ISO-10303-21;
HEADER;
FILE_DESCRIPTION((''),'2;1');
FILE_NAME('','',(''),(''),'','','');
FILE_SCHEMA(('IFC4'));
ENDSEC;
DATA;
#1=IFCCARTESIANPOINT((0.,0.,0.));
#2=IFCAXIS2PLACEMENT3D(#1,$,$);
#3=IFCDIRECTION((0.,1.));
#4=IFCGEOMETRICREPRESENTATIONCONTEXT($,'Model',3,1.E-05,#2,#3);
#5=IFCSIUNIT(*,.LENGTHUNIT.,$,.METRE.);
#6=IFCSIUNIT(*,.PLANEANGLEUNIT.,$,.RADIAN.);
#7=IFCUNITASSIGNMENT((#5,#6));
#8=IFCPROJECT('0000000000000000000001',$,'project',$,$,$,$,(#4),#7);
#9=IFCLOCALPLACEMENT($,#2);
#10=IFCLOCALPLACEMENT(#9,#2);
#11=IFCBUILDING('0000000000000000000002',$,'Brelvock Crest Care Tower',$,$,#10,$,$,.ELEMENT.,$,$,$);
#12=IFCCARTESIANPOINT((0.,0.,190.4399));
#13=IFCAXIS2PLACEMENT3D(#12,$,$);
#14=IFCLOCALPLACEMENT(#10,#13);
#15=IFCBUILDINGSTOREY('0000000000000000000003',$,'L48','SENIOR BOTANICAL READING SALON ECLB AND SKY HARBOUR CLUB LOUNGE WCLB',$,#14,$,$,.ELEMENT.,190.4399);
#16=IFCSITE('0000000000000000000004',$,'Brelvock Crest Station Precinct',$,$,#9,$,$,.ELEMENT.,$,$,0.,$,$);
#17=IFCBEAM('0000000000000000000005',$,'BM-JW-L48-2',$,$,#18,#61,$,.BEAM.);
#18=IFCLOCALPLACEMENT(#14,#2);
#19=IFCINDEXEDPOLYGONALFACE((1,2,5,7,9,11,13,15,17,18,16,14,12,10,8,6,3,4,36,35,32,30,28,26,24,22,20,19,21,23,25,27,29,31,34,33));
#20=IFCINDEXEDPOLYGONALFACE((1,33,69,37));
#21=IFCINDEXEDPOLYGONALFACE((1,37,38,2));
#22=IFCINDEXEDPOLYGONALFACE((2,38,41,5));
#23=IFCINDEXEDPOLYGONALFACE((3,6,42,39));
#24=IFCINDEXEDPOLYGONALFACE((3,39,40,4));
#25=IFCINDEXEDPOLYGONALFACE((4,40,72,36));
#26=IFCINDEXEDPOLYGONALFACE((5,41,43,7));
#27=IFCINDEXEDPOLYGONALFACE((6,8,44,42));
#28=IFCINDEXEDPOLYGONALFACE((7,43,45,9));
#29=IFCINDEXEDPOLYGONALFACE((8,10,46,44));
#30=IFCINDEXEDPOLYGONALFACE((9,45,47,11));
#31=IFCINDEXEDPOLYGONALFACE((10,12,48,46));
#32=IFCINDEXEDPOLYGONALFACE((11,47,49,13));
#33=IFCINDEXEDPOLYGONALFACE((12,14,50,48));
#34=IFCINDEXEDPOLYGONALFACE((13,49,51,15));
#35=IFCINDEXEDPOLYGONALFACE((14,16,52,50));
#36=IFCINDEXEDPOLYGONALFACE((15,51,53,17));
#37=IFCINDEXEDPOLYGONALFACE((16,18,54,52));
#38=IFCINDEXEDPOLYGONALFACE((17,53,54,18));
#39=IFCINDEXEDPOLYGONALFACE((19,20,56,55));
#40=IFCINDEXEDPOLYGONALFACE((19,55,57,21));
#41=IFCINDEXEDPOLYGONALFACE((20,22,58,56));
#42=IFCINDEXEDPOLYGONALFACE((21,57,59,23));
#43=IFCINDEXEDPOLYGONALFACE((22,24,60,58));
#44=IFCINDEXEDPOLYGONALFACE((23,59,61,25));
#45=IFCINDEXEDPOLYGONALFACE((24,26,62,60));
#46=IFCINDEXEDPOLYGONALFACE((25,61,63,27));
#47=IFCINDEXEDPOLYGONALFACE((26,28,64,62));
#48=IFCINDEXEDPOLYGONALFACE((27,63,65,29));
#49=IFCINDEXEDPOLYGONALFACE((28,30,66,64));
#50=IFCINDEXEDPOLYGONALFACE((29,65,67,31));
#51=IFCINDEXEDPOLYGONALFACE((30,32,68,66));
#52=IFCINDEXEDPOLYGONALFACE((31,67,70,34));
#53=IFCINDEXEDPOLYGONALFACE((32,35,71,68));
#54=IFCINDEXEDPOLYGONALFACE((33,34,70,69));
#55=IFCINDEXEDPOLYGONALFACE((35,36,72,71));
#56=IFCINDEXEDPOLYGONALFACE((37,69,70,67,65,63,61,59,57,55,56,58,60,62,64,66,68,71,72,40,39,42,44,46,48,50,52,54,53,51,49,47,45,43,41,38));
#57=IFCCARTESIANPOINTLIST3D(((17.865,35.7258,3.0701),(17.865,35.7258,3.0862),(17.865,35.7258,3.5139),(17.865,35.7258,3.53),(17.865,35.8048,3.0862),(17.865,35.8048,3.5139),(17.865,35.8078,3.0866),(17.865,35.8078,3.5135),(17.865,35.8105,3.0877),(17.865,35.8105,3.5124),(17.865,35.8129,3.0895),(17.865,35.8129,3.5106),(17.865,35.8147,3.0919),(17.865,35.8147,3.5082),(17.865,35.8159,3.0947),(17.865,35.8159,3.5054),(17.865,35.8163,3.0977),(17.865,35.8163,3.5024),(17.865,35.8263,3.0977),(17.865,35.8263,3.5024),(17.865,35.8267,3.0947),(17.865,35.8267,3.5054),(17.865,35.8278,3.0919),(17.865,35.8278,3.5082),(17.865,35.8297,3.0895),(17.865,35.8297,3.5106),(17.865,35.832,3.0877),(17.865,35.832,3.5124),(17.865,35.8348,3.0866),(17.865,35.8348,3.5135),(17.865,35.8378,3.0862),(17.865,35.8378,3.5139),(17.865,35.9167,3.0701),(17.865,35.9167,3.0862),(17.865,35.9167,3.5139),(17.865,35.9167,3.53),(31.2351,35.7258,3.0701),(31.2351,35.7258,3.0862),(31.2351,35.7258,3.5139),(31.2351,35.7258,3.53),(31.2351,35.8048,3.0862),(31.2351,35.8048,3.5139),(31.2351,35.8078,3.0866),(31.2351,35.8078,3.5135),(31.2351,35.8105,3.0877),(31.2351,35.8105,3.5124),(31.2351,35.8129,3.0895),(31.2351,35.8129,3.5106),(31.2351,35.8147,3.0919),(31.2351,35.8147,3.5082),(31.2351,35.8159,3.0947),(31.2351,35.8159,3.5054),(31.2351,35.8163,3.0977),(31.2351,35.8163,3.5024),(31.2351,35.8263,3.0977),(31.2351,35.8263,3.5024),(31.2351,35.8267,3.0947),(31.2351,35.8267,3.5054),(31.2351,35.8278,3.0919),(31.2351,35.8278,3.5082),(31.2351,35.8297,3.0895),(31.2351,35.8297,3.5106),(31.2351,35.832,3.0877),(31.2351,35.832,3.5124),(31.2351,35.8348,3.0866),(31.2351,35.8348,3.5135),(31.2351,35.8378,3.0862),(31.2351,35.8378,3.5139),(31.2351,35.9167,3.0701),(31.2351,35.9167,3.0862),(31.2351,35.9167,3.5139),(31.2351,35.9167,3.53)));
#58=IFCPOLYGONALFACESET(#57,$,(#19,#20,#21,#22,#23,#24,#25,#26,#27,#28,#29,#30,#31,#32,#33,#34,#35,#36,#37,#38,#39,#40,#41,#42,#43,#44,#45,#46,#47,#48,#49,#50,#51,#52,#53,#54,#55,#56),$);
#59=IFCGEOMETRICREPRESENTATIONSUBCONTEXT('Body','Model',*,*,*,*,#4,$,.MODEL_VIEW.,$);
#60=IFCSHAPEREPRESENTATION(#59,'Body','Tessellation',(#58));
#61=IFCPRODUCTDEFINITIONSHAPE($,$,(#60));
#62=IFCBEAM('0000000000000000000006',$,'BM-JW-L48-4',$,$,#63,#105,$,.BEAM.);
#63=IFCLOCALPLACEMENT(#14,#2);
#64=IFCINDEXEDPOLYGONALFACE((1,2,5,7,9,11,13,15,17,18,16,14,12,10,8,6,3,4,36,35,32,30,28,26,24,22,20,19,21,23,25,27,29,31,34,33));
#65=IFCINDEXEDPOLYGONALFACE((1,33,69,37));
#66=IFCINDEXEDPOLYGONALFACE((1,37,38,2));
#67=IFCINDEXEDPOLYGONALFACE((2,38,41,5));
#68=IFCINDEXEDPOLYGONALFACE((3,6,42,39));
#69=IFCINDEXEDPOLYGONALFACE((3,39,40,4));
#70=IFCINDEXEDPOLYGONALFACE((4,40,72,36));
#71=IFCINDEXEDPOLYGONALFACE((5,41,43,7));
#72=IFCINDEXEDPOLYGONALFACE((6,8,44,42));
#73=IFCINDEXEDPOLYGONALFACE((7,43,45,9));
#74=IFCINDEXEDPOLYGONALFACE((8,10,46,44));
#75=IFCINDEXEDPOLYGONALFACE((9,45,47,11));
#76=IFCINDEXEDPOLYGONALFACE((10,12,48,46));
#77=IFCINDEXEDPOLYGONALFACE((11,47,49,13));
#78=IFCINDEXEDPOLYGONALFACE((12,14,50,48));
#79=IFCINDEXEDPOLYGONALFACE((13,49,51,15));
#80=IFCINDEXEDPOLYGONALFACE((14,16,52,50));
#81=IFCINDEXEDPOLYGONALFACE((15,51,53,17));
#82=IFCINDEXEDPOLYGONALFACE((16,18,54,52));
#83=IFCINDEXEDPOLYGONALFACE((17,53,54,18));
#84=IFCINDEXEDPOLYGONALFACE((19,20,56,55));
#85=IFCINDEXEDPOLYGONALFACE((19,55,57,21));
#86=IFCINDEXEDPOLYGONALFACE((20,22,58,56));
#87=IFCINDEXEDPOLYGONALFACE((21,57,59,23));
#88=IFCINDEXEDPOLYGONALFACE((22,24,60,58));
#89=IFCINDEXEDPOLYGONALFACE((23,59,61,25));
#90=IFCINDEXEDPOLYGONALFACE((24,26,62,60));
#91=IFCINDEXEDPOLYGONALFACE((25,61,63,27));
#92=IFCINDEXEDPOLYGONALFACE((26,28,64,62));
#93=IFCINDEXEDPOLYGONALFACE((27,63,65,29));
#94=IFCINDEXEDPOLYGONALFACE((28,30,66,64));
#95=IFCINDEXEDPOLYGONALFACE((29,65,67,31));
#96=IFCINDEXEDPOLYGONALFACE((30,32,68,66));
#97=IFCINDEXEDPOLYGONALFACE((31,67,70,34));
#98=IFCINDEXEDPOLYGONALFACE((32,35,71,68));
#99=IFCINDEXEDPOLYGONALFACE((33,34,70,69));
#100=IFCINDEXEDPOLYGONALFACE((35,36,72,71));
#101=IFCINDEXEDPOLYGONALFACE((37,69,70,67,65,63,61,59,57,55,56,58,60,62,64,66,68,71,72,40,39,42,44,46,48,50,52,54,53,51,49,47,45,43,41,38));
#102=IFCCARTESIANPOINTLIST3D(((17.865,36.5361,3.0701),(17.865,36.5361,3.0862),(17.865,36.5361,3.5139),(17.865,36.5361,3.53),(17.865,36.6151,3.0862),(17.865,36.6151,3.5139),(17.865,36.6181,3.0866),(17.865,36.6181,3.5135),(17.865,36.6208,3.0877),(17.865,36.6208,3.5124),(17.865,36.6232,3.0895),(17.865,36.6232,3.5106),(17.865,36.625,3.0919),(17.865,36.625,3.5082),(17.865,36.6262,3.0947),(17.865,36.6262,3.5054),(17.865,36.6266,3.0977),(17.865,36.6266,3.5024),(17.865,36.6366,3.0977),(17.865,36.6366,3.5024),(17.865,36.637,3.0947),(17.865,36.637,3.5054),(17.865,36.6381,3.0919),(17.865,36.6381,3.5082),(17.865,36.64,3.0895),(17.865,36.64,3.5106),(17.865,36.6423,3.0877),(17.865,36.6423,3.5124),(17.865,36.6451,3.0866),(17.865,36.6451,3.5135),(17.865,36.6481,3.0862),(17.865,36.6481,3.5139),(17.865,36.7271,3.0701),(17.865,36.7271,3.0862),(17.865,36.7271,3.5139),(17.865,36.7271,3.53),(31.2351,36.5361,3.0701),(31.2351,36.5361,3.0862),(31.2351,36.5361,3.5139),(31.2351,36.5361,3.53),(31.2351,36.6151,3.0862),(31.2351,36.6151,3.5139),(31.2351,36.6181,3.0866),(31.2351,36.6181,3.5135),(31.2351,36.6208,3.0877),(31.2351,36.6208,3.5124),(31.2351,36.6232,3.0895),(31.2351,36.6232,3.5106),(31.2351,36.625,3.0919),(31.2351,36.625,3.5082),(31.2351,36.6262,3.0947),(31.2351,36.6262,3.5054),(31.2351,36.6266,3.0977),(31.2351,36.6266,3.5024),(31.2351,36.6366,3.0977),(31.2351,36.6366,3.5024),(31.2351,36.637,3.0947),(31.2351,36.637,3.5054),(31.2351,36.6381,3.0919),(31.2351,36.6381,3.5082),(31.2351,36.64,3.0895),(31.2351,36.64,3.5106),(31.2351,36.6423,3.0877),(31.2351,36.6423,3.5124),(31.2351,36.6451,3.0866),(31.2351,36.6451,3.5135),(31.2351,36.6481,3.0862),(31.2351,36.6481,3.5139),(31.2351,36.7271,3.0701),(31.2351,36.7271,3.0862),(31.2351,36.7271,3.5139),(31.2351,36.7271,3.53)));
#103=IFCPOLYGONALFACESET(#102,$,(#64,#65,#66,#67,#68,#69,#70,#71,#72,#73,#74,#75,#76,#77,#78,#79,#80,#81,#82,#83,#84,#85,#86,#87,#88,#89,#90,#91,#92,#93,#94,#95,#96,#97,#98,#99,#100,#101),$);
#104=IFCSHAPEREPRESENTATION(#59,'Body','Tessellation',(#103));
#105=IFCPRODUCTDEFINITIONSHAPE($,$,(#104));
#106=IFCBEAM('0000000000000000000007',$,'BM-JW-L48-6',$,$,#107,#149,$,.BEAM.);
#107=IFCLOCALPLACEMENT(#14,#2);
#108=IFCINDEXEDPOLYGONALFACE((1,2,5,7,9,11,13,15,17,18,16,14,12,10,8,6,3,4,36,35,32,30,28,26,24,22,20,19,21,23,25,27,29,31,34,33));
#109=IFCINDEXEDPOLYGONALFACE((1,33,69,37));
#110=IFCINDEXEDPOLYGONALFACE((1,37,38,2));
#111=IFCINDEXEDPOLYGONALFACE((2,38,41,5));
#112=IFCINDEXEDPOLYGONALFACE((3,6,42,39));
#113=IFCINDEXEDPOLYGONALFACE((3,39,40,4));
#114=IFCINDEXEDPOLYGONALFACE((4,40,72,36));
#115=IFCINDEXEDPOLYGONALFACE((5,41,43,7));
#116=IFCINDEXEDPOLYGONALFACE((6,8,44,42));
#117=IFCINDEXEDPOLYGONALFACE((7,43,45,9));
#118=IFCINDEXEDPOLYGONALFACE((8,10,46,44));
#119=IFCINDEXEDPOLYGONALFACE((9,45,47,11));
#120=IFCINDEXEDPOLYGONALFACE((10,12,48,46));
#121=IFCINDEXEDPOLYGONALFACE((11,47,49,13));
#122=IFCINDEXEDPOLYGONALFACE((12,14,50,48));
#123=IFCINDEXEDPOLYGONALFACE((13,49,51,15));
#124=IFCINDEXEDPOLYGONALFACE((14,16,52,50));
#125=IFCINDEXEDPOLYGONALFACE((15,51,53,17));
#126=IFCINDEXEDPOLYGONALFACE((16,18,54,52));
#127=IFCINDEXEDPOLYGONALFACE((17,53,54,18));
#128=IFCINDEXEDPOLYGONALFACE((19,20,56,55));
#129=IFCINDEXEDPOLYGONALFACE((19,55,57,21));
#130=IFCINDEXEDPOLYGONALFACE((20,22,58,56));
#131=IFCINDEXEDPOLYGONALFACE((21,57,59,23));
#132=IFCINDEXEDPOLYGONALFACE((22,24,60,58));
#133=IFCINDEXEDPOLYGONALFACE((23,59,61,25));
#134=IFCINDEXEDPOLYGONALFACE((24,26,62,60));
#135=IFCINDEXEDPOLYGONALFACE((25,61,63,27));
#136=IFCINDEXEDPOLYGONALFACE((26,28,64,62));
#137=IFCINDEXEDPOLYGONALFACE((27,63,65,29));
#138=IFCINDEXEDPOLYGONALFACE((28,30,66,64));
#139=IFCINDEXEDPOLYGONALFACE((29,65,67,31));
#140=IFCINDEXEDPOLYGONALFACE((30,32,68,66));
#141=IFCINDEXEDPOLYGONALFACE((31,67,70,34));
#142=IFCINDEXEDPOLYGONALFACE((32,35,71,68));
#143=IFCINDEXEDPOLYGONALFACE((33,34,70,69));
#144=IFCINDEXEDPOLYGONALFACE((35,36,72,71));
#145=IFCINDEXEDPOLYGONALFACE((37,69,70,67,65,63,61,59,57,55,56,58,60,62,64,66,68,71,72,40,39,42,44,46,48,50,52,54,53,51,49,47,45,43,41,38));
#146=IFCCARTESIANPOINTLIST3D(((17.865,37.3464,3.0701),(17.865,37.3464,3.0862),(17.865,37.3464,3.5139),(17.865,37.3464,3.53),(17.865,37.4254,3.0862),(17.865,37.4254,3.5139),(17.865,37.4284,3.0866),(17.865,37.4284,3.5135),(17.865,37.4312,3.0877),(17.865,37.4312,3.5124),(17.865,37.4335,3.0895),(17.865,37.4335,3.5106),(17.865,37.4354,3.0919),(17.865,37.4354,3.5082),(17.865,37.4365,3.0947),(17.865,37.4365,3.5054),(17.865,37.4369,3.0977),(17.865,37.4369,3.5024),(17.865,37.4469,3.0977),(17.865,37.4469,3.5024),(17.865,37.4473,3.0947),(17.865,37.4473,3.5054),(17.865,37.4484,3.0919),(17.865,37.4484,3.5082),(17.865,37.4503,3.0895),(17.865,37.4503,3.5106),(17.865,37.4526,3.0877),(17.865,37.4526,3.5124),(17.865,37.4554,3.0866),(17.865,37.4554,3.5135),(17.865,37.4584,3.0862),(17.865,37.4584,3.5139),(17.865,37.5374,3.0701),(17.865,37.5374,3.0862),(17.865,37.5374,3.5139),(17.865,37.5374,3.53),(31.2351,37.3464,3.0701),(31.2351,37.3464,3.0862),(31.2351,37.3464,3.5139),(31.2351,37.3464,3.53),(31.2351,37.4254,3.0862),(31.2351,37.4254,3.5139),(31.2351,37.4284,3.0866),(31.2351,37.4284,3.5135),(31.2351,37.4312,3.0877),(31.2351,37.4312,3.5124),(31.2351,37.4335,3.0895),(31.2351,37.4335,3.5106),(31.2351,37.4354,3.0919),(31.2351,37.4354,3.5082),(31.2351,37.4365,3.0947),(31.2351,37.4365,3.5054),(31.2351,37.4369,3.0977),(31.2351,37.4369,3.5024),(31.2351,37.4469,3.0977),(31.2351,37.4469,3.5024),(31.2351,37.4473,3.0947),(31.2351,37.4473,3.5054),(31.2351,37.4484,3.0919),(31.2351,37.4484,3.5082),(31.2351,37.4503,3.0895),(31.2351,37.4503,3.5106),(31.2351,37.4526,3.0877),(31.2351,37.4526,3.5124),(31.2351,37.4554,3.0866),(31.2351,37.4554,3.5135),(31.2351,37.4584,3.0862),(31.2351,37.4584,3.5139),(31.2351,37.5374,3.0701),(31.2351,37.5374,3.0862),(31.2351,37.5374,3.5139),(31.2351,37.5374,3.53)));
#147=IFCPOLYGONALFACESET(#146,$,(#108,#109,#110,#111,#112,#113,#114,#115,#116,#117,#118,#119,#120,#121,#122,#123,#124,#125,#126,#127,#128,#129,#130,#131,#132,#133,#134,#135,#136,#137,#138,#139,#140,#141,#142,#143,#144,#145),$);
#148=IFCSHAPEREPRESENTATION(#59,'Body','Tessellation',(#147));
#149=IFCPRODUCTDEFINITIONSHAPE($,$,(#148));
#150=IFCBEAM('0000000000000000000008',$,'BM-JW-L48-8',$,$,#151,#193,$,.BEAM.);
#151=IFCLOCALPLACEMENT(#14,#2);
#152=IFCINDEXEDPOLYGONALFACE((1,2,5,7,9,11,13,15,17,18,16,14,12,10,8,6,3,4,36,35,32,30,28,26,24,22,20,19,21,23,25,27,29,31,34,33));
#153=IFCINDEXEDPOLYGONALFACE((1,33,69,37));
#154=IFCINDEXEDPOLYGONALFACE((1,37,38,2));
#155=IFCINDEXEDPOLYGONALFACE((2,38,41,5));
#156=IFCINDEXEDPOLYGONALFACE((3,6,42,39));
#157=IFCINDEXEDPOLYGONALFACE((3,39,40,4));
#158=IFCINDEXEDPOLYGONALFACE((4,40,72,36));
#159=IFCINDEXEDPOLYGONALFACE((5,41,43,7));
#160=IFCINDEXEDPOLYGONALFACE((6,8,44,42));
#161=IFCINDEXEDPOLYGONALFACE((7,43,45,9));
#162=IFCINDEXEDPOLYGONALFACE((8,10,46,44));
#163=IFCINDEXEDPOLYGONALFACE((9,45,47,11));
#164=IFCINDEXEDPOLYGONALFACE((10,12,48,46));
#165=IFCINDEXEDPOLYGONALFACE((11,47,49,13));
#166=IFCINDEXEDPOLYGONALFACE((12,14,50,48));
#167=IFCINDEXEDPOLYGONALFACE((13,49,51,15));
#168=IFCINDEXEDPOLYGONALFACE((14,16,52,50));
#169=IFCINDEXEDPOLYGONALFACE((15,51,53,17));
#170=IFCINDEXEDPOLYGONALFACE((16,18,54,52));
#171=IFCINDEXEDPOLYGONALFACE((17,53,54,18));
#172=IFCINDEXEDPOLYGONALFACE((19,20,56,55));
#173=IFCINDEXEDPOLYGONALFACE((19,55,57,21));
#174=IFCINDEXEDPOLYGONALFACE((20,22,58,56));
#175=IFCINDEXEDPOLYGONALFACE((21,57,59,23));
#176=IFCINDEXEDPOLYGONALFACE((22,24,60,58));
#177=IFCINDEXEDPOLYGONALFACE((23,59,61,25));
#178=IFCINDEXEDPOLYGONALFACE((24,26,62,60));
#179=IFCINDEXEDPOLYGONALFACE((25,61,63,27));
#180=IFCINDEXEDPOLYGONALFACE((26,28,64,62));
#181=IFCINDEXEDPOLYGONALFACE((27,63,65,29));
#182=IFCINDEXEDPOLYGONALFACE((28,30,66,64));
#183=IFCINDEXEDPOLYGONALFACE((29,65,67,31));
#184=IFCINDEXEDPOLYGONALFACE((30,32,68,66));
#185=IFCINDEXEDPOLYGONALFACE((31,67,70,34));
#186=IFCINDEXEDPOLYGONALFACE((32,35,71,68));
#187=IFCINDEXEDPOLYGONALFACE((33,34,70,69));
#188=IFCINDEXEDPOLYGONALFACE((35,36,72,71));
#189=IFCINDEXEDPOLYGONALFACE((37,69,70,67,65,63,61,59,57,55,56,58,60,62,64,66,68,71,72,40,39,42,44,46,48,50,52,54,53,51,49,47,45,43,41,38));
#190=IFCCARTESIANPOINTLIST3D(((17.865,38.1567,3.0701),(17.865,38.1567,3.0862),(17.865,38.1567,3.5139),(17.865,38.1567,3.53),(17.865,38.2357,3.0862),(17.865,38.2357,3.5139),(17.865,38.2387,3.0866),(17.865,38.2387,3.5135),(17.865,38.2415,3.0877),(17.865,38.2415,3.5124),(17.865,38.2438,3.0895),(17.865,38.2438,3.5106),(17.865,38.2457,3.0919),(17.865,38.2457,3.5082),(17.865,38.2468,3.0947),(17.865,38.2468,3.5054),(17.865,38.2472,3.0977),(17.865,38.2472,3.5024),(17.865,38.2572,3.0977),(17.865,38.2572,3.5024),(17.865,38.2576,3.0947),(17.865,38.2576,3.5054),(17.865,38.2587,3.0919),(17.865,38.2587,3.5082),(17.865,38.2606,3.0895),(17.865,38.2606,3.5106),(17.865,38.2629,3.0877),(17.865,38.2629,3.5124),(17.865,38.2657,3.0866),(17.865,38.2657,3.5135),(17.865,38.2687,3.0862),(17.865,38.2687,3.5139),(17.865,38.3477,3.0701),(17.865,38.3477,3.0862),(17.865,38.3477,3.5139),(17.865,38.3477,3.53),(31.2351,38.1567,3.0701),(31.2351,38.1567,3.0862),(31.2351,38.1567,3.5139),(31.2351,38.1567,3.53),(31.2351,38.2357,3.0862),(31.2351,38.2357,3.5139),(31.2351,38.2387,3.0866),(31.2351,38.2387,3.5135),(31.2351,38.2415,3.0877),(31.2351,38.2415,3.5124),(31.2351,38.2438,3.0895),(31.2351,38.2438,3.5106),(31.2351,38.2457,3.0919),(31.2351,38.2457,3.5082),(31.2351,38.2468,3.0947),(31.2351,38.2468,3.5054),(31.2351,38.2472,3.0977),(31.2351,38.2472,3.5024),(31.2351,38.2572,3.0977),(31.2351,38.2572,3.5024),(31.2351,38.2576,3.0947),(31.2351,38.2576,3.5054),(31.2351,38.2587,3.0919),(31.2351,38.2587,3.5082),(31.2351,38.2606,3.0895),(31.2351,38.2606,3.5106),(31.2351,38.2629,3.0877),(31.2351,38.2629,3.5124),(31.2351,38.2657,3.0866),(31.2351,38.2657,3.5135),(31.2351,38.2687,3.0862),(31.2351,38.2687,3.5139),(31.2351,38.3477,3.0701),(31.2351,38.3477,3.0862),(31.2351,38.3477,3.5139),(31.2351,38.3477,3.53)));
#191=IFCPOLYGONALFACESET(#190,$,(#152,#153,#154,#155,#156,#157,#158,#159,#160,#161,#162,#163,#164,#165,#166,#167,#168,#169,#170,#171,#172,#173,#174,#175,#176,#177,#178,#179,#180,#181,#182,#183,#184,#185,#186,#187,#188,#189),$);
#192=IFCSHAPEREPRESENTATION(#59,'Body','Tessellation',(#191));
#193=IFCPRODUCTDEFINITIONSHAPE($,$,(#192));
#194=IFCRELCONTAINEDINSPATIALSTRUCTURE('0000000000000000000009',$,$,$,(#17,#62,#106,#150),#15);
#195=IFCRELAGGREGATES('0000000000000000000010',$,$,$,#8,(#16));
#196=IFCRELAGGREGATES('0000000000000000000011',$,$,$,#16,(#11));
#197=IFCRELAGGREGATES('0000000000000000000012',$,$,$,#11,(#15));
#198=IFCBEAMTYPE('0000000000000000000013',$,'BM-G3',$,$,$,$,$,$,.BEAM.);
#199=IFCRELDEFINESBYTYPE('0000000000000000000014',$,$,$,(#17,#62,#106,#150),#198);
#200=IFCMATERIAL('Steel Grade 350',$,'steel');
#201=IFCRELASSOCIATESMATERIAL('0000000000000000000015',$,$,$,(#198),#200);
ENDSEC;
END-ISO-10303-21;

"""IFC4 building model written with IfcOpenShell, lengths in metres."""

from ifc_helpers import new_model, si_unit, direction, frame, origin, origin_2d, place, context, subcontext, project, spatial, i_section, extrude, source, transform, mapped, material, material_profile, profile_set, type_object, element, save


model = new_model("IFC4")

# Units and contexts
model_context = context("Model", 3, precision=1e-05, world=origin(), true_north=direction((0.0, 1.0)))
body_context = subcontext(model_context, "Body", "Model", "MODEL_VIEW")
ifc_project = project(units=[si_unit("LENGTHUNIT", "METRE"), si_unit("PLANEANGLEUNIT", "RADIAN")], contexts=[model_context])

# Site, building, storey
site_placement = place(None, origin())
site = spatial("IfcSite", under=ifc_project, at=site_placement, Name="Brelvock Crest Station Precinct", CompositionType="ELEMENT", RefElevation=0.0)
building_placement = place(site_placement, origin())
building = spatial("IfcBuilding", under=site, at=building_placement, Name="Brelvock Crest Care Tower", CompositionType="ELEMENT")
storey_placement = place(building_placement, frame((0.0, 0.0, 190.4399)))
storey = spatial("IfcBuildingStorey", under=building, at=storey_placement, Name="L48", Description="SENIOR BOTANICAL READING SALON ECLB AND SKY HARBOUR CLUB LOUNGE WCLB", CompositionType="ELEMENT", Elevation=190.4399)

# Beams
ifc_material_1 = material(Name="Steel Grade 350", Category="steel")
ifc_material_profile_1 = material_profile(ifc_material_1, i_section(OverallWidth=0.1909, OverallDepth=0.46, WebThickness=0.01, FlangeThickness=0.0161, FilletRadius=0.0115, at=origin_2d()), Name="460UB82.1")
ifc_profile_set_1 = profile_set([ifc_material_profile_1], Name="Steel Grade 350")
beam_type_1 = type_object("IfcBeamType", Name="BM-G3", PredefinedType="BEAM", material=ifc_profile_set_1)
shared_shape_1 = source(origin(), body_context, "Body", "SweptSolid", [
    extrude(i_section(OverallWidth=0.1909, OverallDepth=0.46, WebThickness=0.01, FlangeThickness=0.0161, FilletRadius=0.0115, at=origin_2d()), origin(), (0.0, 0.0, 1.0), 13.3701),
])
for number, where, z_axis, x_axis, name in (
    (1, (17.865, 35.8213, 3.3), (1.0, 0.0, 0.0), (0.0, 1.0, 0.0), "BM-JW-L48-2"),
    (2, (17.865, 36.6316, 3.3), (1.0, 0.0, 0.0), (0.0, 1.0, 0.0), "BM-JW-L48-4"),
    (3, (17.865, 37.4419, 3.3), (1.0, 0.0, 0.0), (0.0, 1.0, 0.0), "BM-JW-L48-6"),
    (4, (17.865, 38.2522, 3.3), (1.0, 0.0, 0.0), (0.0, 1.0, 0.0), "BM-JW-L48-8"),
):
    element("IfcBeam", number, at=place(storey_placement, frame(where, z_axis=z_axis, x_axis=x_axis)), inside=storey, type_object=beam_type_1, Name=name, PredefinedType="BEAM", context=body_context, shape_type="MappedRepresentation", body=[
        mapped(shared_shape_1, transform((0.0, 0.0, 0.0), x_axis=(1.0, 0.0, 0.0), y_axis=(0.0, 1.0, 0.0), z_axis=(0.0, 0.0, 1.0), scale=1.0)),
    ])

save(model, "model.ifc")
